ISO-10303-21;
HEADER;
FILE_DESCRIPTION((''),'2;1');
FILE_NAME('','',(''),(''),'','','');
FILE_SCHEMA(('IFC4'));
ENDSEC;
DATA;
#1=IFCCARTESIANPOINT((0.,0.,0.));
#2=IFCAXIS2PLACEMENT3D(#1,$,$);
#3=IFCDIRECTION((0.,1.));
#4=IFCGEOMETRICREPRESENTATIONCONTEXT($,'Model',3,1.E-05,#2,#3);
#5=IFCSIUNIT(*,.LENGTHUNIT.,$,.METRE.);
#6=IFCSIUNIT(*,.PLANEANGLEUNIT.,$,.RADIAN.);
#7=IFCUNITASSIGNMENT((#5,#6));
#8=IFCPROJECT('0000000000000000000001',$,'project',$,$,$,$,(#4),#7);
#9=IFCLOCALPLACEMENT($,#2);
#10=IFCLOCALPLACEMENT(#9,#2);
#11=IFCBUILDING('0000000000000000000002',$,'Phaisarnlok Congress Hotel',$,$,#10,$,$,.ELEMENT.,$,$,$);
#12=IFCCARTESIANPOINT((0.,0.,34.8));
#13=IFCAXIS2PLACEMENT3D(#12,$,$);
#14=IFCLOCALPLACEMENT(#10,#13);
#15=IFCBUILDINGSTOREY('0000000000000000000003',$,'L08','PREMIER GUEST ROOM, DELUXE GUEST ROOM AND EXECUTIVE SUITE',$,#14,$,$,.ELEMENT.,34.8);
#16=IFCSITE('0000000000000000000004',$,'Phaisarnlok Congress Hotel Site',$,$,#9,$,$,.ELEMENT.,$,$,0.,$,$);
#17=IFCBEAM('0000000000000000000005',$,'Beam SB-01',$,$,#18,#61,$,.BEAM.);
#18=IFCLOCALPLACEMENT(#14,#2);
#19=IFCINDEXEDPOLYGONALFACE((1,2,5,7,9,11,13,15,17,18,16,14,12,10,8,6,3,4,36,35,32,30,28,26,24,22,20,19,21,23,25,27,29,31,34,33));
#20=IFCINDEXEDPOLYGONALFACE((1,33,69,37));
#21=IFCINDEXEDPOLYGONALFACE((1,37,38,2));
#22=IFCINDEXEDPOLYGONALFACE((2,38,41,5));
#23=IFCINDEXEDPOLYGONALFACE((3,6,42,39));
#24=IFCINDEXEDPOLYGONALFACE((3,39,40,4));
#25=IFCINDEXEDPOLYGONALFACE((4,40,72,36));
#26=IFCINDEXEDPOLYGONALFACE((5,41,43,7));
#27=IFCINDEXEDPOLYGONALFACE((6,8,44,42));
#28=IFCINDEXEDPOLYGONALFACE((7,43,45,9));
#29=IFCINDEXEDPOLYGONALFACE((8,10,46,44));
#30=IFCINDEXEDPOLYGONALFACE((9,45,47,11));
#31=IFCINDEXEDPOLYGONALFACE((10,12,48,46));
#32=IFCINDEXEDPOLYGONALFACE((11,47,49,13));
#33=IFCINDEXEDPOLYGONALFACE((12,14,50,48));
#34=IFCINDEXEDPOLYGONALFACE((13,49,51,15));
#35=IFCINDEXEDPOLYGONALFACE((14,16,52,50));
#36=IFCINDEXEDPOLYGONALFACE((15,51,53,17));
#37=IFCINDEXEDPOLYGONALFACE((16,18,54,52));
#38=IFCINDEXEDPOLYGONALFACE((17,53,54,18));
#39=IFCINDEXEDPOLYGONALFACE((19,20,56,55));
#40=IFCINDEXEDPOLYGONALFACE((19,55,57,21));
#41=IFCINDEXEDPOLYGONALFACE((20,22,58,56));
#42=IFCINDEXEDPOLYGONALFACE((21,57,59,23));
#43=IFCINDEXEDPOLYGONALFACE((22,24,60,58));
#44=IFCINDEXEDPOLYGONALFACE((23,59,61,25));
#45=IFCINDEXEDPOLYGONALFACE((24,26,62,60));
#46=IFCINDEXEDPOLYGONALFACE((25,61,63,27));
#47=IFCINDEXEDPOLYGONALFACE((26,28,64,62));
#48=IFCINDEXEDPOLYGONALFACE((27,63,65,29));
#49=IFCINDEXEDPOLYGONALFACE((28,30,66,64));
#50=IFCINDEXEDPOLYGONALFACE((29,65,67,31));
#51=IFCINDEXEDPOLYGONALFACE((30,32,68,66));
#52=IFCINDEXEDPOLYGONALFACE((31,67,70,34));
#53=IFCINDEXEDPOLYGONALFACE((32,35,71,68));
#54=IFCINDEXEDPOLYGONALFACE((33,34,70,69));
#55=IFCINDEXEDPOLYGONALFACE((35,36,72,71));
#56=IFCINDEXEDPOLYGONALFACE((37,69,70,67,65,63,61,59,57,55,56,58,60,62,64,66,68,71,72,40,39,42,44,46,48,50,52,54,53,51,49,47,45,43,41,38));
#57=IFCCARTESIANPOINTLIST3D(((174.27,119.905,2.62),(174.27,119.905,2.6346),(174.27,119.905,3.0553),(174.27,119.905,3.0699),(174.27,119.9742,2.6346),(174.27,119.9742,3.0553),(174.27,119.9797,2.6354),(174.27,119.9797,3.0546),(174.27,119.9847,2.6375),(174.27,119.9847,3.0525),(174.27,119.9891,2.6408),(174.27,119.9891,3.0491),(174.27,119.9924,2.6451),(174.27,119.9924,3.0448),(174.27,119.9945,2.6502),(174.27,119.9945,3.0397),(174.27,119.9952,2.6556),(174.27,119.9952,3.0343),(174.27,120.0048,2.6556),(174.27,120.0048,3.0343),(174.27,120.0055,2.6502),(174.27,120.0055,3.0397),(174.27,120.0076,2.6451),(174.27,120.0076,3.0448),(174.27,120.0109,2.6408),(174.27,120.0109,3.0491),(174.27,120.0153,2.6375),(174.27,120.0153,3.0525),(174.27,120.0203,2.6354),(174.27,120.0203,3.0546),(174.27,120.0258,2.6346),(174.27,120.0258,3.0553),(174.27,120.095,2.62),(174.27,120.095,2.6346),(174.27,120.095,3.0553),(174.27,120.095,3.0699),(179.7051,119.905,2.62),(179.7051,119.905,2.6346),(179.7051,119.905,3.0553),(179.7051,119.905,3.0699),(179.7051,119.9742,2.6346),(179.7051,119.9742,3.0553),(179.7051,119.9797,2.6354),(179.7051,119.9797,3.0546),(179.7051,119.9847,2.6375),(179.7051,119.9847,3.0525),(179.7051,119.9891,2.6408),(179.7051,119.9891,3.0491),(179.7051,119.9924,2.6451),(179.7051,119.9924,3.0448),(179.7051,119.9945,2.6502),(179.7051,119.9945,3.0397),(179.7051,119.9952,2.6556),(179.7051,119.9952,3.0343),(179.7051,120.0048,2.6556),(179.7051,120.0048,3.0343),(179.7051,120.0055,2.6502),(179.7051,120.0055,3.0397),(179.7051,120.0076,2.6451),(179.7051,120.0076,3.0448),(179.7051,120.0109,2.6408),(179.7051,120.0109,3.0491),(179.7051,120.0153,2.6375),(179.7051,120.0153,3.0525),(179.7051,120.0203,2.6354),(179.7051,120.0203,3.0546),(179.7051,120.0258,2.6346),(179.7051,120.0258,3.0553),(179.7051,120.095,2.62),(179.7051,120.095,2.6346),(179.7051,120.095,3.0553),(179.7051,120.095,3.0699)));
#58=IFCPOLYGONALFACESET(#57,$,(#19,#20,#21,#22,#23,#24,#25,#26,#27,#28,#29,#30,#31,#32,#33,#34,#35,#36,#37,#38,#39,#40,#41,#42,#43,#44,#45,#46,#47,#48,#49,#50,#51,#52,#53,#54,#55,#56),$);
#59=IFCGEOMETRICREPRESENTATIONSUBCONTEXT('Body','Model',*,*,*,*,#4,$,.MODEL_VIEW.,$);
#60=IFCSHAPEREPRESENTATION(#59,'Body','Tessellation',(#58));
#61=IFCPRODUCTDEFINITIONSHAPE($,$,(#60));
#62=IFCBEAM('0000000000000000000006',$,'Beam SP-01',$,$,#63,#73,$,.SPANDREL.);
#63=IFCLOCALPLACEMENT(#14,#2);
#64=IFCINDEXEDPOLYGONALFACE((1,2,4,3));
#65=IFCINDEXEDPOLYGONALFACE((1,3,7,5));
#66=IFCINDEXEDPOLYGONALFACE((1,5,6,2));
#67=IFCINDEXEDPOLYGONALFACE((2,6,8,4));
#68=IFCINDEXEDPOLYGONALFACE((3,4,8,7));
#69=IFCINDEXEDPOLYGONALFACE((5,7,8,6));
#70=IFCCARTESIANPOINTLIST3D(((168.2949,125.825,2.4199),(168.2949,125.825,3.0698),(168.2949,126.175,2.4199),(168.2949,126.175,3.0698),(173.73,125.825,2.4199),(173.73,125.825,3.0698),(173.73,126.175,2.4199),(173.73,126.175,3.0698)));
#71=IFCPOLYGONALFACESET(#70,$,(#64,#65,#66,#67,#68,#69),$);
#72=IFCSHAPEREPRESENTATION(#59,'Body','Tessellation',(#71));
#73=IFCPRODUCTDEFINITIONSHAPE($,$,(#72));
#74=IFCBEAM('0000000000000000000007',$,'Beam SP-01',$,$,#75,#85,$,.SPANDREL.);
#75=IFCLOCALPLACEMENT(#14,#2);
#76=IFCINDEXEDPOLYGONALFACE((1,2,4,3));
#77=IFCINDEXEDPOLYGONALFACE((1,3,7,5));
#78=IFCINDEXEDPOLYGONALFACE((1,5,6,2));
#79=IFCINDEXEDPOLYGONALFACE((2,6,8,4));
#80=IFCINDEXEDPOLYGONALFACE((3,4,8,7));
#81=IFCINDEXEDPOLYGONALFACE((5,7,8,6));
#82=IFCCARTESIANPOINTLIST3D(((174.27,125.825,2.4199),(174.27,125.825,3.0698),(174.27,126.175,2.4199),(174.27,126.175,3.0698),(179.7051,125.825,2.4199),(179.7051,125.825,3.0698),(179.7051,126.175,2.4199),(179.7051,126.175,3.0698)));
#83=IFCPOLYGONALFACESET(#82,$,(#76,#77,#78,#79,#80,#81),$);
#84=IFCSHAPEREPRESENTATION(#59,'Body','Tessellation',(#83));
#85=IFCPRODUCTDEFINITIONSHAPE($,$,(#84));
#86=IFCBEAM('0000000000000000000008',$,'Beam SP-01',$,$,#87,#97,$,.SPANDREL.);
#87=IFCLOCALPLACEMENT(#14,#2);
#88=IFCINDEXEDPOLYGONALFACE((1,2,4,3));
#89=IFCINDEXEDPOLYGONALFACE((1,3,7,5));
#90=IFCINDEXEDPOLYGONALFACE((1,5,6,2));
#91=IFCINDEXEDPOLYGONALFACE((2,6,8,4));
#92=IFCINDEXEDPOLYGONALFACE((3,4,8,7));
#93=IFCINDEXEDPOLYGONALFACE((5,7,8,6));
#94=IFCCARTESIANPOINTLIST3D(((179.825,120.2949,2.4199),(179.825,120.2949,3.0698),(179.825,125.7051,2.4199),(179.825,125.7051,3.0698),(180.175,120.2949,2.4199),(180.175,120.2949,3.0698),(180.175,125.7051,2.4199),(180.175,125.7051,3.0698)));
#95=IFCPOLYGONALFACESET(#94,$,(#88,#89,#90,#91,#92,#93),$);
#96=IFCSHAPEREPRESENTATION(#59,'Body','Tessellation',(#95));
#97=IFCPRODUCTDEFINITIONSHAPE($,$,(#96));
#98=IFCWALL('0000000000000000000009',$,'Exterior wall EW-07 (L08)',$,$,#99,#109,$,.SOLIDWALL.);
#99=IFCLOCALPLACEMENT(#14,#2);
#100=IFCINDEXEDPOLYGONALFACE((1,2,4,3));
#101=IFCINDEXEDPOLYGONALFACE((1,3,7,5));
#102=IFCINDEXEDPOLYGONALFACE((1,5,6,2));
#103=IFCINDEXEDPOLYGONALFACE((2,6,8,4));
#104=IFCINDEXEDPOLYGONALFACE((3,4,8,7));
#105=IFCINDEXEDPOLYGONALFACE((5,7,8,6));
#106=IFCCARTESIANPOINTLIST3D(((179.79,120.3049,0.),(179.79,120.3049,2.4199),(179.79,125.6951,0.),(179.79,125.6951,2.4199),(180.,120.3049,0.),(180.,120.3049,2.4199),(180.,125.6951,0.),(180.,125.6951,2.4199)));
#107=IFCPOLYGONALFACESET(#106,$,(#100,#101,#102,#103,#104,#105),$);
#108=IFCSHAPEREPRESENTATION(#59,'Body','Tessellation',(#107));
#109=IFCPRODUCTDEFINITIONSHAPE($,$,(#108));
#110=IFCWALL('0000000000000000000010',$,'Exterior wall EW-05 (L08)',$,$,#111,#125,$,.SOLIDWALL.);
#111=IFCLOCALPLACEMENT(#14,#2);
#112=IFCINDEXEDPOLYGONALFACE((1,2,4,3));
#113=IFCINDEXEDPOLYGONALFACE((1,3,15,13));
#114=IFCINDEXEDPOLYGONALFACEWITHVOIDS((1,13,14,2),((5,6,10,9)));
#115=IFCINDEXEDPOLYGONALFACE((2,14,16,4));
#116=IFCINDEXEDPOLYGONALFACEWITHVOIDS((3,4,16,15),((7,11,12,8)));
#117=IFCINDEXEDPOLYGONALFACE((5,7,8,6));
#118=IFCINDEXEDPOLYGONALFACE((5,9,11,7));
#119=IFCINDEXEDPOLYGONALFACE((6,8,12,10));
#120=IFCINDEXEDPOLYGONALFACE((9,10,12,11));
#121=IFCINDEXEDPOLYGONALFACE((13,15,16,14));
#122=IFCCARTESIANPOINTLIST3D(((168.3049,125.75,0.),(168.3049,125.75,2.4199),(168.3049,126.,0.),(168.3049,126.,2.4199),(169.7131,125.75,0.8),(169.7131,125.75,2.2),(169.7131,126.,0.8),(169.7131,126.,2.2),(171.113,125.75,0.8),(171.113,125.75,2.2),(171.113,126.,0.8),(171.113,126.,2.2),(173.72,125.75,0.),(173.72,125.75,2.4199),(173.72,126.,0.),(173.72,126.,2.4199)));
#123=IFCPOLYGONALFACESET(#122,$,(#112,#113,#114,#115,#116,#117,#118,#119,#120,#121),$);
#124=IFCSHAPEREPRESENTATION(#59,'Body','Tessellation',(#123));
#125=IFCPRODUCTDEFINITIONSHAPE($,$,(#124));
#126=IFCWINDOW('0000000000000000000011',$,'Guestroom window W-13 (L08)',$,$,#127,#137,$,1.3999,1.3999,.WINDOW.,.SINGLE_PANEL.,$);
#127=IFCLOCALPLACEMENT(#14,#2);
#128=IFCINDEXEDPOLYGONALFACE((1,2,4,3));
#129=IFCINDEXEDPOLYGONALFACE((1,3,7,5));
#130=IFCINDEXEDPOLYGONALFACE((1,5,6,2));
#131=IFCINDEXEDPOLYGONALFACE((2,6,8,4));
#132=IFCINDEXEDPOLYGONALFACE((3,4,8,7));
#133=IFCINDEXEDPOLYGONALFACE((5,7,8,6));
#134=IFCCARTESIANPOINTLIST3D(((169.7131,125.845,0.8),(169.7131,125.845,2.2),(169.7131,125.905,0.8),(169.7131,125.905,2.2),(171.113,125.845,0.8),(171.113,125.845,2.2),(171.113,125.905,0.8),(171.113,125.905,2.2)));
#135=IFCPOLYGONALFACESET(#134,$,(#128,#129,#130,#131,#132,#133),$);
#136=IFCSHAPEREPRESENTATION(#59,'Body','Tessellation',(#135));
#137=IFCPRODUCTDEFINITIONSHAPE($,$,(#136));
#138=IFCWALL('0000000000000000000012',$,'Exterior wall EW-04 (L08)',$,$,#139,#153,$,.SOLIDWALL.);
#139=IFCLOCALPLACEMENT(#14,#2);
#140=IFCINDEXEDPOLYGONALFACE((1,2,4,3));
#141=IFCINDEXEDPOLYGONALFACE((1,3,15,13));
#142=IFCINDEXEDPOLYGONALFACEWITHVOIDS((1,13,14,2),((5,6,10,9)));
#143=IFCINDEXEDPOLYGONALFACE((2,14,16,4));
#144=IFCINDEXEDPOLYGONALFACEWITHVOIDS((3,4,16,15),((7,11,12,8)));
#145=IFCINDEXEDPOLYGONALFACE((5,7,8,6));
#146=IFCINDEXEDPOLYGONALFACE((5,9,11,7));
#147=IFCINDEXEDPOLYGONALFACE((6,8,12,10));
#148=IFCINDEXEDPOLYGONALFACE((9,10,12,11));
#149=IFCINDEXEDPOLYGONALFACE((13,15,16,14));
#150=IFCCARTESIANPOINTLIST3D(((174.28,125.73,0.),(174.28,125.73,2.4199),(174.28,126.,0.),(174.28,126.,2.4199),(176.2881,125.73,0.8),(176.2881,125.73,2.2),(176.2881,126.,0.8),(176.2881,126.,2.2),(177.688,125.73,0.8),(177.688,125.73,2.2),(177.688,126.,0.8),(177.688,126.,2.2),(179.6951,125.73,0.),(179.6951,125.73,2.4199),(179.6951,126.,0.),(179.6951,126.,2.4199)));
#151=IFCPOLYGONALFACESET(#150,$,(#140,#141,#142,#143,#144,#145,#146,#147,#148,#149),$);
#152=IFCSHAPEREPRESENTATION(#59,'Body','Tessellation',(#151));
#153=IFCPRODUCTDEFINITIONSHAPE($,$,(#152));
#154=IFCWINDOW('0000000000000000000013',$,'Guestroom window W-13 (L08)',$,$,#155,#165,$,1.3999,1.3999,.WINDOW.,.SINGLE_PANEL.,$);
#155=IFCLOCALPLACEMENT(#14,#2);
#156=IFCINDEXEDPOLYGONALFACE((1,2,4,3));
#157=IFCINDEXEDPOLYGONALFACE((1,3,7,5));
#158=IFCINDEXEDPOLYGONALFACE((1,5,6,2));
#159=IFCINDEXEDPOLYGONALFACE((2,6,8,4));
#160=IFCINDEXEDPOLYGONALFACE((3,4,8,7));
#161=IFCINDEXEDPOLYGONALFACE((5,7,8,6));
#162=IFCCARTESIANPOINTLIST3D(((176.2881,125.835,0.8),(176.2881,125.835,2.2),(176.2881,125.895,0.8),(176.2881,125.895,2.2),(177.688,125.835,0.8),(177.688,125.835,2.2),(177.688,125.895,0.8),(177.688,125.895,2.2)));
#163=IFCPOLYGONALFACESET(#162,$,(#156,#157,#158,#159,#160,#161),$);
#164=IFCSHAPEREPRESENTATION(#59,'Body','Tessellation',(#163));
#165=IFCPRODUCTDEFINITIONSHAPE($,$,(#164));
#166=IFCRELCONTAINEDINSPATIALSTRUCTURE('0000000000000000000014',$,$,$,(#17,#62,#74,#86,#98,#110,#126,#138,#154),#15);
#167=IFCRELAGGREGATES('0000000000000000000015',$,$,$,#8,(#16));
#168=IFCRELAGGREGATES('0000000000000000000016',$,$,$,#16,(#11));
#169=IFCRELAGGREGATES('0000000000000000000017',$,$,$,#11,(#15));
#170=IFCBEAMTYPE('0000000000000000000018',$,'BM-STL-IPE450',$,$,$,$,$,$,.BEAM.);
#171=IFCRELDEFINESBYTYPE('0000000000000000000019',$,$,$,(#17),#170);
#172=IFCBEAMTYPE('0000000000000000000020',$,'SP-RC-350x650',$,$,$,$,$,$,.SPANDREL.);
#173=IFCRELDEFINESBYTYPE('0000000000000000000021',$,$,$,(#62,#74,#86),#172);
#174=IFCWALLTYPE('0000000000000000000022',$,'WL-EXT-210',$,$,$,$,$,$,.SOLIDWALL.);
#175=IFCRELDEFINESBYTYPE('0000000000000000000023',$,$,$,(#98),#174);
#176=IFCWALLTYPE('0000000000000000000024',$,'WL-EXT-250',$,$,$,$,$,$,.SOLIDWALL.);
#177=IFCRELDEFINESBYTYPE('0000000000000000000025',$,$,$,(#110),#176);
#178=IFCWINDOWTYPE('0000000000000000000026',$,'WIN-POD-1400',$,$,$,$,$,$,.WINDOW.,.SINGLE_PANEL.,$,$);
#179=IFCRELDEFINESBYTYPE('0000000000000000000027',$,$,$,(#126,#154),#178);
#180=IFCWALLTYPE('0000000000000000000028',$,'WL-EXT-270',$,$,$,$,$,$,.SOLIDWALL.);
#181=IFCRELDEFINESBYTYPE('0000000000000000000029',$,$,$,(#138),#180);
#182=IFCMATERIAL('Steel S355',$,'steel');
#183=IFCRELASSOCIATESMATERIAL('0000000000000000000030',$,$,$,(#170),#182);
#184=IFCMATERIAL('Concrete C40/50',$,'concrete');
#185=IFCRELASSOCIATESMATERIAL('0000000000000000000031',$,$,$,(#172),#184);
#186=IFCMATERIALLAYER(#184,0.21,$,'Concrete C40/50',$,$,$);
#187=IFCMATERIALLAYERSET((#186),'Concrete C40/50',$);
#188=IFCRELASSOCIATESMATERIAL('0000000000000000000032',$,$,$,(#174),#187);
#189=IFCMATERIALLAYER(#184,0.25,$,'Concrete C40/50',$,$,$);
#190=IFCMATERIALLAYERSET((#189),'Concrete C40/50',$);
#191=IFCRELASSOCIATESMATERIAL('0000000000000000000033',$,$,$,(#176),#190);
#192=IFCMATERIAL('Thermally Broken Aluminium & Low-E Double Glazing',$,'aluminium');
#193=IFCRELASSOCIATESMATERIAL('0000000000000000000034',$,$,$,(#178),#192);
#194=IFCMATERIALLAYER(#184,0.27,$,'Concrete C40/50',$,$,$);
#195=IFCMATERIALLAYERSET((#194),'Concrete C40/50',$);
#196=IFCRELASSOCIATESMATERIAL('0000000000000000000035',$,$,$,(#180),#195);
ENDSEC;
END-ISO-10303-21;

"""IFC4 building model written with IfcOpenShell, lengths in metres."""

from ifc_helpers import new_model, si_unit, direction, frame, frame_2d, origin, origin_2d, place, context, subcontext, project, spatial, rectangle, i_section, extrude, material, layer, layer_set, material_profile, profile_set, type_object, element, fill, save


model = new_model("IFC4")

# Units and contexts
model_context = context("Model", 3, precision=1e-05, world=origin(), true_north=direction((0.0, 1.0)))
body_context = subcontext(model_context, "Body", "Model", "MODEL_VIEW")
ifc_project = project(units=[si_unit("LENGTHUNIT", "METRE"), si_unit("PLANEANGLEUNIT", "RADIAN")], contexts=[model_context])

# Site, building, storey
site_placement = place(None, origin())
site = spatial("IfcSite", under=ifc_project, at=site_placement, Name="Phaisarnlok Congress Hotel Site", CompositionType="ELEMENT", RefElevation=0.0)
building_placement = place(site_placement, origin())
building = spatial("IfcBuilding", under=site, at=building_placement, Name="Phaisarnlok Congress Hotel", CompositionType="ELEMENT")
storey_placement = place(building_placement, frame((0.0, 0.0, 34.8)))
storey = spatial("IfcBuildingStorey", under=building, at=storey_placement, Name="L08", Description="PREMIER GUEST ROOM, DELUXE GUEST ROOM AND EXECUTIVE SUITE", CompositionType="ELEMENT", Elevation=34.8)

# Beams
ifc_material_1 = material(Name="Concrete C40/50", Category="concrete")
ifc_material_2 = material(Name="Steel S355", Category="steel")
ifc_material_profile_1 = material_profile(ifc_material_2, i_section(OverallWidth=0.1899, OverallDepth=0.45, WebThickness=0.0095, FlangeThickness=0.0146, FilletRadius=0.021, at=origin_2d()), Name="IPE 450")
ifc_profile_set_1 = profile_set([ifc_material_profile_1], Name="Steel S355")
beam_type_1 = type_object("IfcBeamType", Name="BM-STL-IPE450", PredefinedType="BEAM", material=ifc_profile_set_1)
beam_1_placement = place(storey_placement, frame((174.27, 120.0, 2.845), z_axis=(1.0, 0.0, 0.0), x_axis=(0.0, 1.0, 0.0)))
element("IfcBeam", 1, at=beam_1_placement, inside=storey, type_object=beam_type_1, Name="Beam SB-01", PredefinedType="BEAM", context=body_context, shape_type="SweptSolid", body=[
    extrude(i_section(OverallWidth=0.1899, OverallDepth=0.45, WebThickness=0.0095, FlangeThickness=0.0146, FilletRadius=0.021, at=origin_2d()), origin(), (0.0, 0.0, 1.0), 5.4351),
])
ifc_material_profile_2 = material_profile(ifc_material_1, rectangle(XDim=0.3501, YDim=0.6499, at=origin_2d()), Name="RC 350x650")
ifc_profile_set_2 = profile_set([ifc_material_profile_2], Name="Concrete C40/50")
beam_type_2 = type_object("IfcBeamType", Name="SP-RC-350x650", PredefinedType="SPANDREL", material=ifc_profile_set_2)
for number, where, z_axis, x_axis, name in (
    (2, (168.2949, 126.0, 2.7449), (1.0, 0.0, 0.0), (0.0, 1.0, 0.0), "Beam SP-01"),
    (3, (174.27, 126.0, 2.7449), (1.0, 0.0, 0.0), (0.0, 1.0, 0.0), "Beam SP-01"),
):
    element("IfcBeam", number, at=place(storey_placement, frame(where, z_axis=z_axis, x_axis=x_axis)), inside=storey, type_object=beam_type_2, Name=name, PredefinedType="SPANDREL", context=body_context, shape_type="SweptSolid", body=[
        extrude(rectangle(XDim=0.3501, YDim=0.6499, at=origin_2d()), origin(), (0.0, 0.0, 1.0), 5.4351),
    ])
beam_2_placement = place(storey_placement, frame((180.0, 120.2949, 2.7449), z_axis=(0.0, 1.0, 0.0), x_axis=(-1.0, 0.0, 0.0)))
element("IfcBeam", 4, at=beam_2_placement, inside=storey, type_object=beam_type_2, Name="Beam SP-01", PredefinedType="SPANDREL", context=body_context, shape_type="SweptSolid", body=[
    extrude(rectangle(XDim=0.3501, YDim=0.6499, at=origin_2d()), origin(), (0.0, 0.0, 1.0), 5.4102),
])

# Wall
ifc_layer_1 = layer(ifc_material_1, 0.21, Name="Concrete C40/50")
ifc_layer_set_1 = layer_set([ifc_layer_1], Name="Concrete C40/50")
wall_type_1 = type_object("IfcWallType", Name="WL-EXT-210", PredefinedType="SOLIDWALL", material=ifc_layer_set_1)
wall_1_placement = place(storey_placement, frame((179.895, 120.3049, 0.0), z_axis=(0.0, 0.0, 1.0), x_axis=(0.0, 1.0, 0.0)))
element("IfcWall", 5, at=wall_1_placement, inside=storey, type_object=wall_type_1, Name="Exterior wall EW-07 (L08)", PredefinedType="SOLIDWALL", context=body_context, shape_type="SweptSolid", body=[
    extrude(rectangle(XDim=5.3901, YDim=0.21, at=frame_2d((2.6951, 0.0))), origin(), (0.0, 0.0, 1.0), 2.4199),
])

# Walls, openings, windows
ifc_layer_2 = layer(ifc_material_1, 0.25, Name="Concrete C40/50")
ifc_layer_set_2 = layer_set([ifc_layer_2], Name="Concrete C40/50")
wall_type_2 = type_object("IfcWallType", Name="WL-EXT-250", PredefinedType="SOLIDWALL", material=ifc_layer_set_2)
wall_2_placement = place(storey_placement, frame((173.72, 125.875, 0.0), z_axis=(0.0, 0.0, 1.0), x_axis=(-1.0, 0.0, 0.0)))
wall_2 = element("IfcWall", 6, at=wall_2_placement, inside=storey, type_object=wall_type_2, Name="Exterior wall EW-05 (L08)", PredefinedType="SOLIDWALL", context=body_context, shape_type="SweptSolid", body=[
    extrude(rectangle(XDim=5.415, YDim=0.25, at=frame_2d((2.7075, 0.0))), origin(), (0.0, 0.0, 1.0), 2.4199),
])
opening_1_placement = place(wall_2_placement, frame((2.6069, 0.0, 0.8)))
opening_1 = element("IfcOpeningElement", 7, at=opening_1_placement, cuts=wall_2, PredefinedType="OPENING", context=body_context, shape_type="SweptSolid", body=[
    extrude(rectangle(XDim=1.3999, YDim=1.3999, at=frame_2d((0.7, 0.7))), frame((0.0, 0.135, 0.0), z_axis=(0.0, -1.0, 0.0), x_axis=(1.0, 0.0, 0.0)), (0.0, 0.0, 1.0), 0.27),
])
ifc_material_3 = material(Name="Thermally Broken Aluminium & Low-E Double Glazing", Category="aluminium")
window_type = type_object("IfcWindowType", Name="WIN-POD-1400", PartitioningType="SINGLE_PANEL", PredefinedType="WINDOW", material=ifc_material_3)
window_1_placement = place(opening_1_placement, origin())
window_1 = element("IfcWindow", 8, at=window_1_placement, inside=storey, type_object=window_type, Name="Guestroom window W-13 (L08)", OverallHeight=1.3999, OverallWidth=1.3999, PartitioningType="SINGLE_PANEL", PredefinedType="WINDOW", context=body_context, shape_type="SweptSolid", body=[
    extrude(rectangle(XDim=1.3999, YDim=1.3999, at=frame_2d((0.7, 0.7))), frame((0.0, 0.03, 0.0), z_axis=(0.0, -1.0, 0.0), x_axis=(1.0, 0.0, 0.0)), (0.0, 0.0, 1.0), 0.0601),
])
fill(opening_1, window_1)
ifc_layer_3 = layer(ifc_material_1, 0.27, Name="Concrete C40/50")
ifc_layer_set_3 = layer_set([ifc_layer_3], Name="Concrete C40/50")
wall_type_3 = type_object("IfcWallType", Name="WL-EXT-270", PredefinedType="SOLIDWALL", material=ifc_layer_set_3)
wall_3_placement = place(storey_placement, frame((179.6951, 125.865, 0.0), z_axis=(0.0, 0.0, 1.0), x_axis=(-1.0, 0.0, 0.0)))
wall_3 = element("IfcWall", 9, at=wall_3_placement, inside=storey, type_object=wall_type_3, Name="Exterior wall EW-04 (L08)", PredefinedType="SOLIDWALL", context=body_context, shape_type="SweptSolid", body=[
    extrude(rectangle(XDim=5.415, YDim=0.27, at=frame_2d((2.7075, 0.0))), origin(), (0.0, 0.0, 1.0), 2.4199),
])
opening_2_placement = place(wall_3_placement, frame((2.0071, 0.0, 0.8)))
opening_2 = element("IfcOpeningElement", 10, at=opening_2_placement, cuts=wall_3, PredefinedType="OPENING", context=body_context, shape_type="SweptSolid", body=[
    extrude(rectangle(XDim=1.3999, YDim=1.3999, at=frame_2d((0.7, 0.7))), frame((0.0, 0.145, 0.0), z_axis=(0.0, -1.0, 0.0), x_axis=(1.0, 0.0, 0.0)), (0.0, 0.0, 1.0), 0.29),
])
window_2_placement = place(opening_2_placement, origin())
window_2 = element("IfcWindow", 11, at=window_2_placement, inside=storey, type_object=window_type, Name="Guestroom window W-13 (L08)", OverallHeight=1.3999, OverallWidth=1.3999, PartitioningType="SINGLE_PANEL", PredefinedType="WINDOW", context=body_context, shape_type="SweptSolid", body=[
    extrude(rectangle(XDim=1.3999, YDim=1.3999, at=frame_2d((0.7, 0.7))), frame((0.0, 0.03, 0.0), z_axis=(0.0, -1.0, 0.0), x_axis=(1.0, 0.0, 0.0)), (0.0, 0.0, 1.0), 0.0601),
])
fill(opening_2, window_2)

save(model, "model.ifc")
